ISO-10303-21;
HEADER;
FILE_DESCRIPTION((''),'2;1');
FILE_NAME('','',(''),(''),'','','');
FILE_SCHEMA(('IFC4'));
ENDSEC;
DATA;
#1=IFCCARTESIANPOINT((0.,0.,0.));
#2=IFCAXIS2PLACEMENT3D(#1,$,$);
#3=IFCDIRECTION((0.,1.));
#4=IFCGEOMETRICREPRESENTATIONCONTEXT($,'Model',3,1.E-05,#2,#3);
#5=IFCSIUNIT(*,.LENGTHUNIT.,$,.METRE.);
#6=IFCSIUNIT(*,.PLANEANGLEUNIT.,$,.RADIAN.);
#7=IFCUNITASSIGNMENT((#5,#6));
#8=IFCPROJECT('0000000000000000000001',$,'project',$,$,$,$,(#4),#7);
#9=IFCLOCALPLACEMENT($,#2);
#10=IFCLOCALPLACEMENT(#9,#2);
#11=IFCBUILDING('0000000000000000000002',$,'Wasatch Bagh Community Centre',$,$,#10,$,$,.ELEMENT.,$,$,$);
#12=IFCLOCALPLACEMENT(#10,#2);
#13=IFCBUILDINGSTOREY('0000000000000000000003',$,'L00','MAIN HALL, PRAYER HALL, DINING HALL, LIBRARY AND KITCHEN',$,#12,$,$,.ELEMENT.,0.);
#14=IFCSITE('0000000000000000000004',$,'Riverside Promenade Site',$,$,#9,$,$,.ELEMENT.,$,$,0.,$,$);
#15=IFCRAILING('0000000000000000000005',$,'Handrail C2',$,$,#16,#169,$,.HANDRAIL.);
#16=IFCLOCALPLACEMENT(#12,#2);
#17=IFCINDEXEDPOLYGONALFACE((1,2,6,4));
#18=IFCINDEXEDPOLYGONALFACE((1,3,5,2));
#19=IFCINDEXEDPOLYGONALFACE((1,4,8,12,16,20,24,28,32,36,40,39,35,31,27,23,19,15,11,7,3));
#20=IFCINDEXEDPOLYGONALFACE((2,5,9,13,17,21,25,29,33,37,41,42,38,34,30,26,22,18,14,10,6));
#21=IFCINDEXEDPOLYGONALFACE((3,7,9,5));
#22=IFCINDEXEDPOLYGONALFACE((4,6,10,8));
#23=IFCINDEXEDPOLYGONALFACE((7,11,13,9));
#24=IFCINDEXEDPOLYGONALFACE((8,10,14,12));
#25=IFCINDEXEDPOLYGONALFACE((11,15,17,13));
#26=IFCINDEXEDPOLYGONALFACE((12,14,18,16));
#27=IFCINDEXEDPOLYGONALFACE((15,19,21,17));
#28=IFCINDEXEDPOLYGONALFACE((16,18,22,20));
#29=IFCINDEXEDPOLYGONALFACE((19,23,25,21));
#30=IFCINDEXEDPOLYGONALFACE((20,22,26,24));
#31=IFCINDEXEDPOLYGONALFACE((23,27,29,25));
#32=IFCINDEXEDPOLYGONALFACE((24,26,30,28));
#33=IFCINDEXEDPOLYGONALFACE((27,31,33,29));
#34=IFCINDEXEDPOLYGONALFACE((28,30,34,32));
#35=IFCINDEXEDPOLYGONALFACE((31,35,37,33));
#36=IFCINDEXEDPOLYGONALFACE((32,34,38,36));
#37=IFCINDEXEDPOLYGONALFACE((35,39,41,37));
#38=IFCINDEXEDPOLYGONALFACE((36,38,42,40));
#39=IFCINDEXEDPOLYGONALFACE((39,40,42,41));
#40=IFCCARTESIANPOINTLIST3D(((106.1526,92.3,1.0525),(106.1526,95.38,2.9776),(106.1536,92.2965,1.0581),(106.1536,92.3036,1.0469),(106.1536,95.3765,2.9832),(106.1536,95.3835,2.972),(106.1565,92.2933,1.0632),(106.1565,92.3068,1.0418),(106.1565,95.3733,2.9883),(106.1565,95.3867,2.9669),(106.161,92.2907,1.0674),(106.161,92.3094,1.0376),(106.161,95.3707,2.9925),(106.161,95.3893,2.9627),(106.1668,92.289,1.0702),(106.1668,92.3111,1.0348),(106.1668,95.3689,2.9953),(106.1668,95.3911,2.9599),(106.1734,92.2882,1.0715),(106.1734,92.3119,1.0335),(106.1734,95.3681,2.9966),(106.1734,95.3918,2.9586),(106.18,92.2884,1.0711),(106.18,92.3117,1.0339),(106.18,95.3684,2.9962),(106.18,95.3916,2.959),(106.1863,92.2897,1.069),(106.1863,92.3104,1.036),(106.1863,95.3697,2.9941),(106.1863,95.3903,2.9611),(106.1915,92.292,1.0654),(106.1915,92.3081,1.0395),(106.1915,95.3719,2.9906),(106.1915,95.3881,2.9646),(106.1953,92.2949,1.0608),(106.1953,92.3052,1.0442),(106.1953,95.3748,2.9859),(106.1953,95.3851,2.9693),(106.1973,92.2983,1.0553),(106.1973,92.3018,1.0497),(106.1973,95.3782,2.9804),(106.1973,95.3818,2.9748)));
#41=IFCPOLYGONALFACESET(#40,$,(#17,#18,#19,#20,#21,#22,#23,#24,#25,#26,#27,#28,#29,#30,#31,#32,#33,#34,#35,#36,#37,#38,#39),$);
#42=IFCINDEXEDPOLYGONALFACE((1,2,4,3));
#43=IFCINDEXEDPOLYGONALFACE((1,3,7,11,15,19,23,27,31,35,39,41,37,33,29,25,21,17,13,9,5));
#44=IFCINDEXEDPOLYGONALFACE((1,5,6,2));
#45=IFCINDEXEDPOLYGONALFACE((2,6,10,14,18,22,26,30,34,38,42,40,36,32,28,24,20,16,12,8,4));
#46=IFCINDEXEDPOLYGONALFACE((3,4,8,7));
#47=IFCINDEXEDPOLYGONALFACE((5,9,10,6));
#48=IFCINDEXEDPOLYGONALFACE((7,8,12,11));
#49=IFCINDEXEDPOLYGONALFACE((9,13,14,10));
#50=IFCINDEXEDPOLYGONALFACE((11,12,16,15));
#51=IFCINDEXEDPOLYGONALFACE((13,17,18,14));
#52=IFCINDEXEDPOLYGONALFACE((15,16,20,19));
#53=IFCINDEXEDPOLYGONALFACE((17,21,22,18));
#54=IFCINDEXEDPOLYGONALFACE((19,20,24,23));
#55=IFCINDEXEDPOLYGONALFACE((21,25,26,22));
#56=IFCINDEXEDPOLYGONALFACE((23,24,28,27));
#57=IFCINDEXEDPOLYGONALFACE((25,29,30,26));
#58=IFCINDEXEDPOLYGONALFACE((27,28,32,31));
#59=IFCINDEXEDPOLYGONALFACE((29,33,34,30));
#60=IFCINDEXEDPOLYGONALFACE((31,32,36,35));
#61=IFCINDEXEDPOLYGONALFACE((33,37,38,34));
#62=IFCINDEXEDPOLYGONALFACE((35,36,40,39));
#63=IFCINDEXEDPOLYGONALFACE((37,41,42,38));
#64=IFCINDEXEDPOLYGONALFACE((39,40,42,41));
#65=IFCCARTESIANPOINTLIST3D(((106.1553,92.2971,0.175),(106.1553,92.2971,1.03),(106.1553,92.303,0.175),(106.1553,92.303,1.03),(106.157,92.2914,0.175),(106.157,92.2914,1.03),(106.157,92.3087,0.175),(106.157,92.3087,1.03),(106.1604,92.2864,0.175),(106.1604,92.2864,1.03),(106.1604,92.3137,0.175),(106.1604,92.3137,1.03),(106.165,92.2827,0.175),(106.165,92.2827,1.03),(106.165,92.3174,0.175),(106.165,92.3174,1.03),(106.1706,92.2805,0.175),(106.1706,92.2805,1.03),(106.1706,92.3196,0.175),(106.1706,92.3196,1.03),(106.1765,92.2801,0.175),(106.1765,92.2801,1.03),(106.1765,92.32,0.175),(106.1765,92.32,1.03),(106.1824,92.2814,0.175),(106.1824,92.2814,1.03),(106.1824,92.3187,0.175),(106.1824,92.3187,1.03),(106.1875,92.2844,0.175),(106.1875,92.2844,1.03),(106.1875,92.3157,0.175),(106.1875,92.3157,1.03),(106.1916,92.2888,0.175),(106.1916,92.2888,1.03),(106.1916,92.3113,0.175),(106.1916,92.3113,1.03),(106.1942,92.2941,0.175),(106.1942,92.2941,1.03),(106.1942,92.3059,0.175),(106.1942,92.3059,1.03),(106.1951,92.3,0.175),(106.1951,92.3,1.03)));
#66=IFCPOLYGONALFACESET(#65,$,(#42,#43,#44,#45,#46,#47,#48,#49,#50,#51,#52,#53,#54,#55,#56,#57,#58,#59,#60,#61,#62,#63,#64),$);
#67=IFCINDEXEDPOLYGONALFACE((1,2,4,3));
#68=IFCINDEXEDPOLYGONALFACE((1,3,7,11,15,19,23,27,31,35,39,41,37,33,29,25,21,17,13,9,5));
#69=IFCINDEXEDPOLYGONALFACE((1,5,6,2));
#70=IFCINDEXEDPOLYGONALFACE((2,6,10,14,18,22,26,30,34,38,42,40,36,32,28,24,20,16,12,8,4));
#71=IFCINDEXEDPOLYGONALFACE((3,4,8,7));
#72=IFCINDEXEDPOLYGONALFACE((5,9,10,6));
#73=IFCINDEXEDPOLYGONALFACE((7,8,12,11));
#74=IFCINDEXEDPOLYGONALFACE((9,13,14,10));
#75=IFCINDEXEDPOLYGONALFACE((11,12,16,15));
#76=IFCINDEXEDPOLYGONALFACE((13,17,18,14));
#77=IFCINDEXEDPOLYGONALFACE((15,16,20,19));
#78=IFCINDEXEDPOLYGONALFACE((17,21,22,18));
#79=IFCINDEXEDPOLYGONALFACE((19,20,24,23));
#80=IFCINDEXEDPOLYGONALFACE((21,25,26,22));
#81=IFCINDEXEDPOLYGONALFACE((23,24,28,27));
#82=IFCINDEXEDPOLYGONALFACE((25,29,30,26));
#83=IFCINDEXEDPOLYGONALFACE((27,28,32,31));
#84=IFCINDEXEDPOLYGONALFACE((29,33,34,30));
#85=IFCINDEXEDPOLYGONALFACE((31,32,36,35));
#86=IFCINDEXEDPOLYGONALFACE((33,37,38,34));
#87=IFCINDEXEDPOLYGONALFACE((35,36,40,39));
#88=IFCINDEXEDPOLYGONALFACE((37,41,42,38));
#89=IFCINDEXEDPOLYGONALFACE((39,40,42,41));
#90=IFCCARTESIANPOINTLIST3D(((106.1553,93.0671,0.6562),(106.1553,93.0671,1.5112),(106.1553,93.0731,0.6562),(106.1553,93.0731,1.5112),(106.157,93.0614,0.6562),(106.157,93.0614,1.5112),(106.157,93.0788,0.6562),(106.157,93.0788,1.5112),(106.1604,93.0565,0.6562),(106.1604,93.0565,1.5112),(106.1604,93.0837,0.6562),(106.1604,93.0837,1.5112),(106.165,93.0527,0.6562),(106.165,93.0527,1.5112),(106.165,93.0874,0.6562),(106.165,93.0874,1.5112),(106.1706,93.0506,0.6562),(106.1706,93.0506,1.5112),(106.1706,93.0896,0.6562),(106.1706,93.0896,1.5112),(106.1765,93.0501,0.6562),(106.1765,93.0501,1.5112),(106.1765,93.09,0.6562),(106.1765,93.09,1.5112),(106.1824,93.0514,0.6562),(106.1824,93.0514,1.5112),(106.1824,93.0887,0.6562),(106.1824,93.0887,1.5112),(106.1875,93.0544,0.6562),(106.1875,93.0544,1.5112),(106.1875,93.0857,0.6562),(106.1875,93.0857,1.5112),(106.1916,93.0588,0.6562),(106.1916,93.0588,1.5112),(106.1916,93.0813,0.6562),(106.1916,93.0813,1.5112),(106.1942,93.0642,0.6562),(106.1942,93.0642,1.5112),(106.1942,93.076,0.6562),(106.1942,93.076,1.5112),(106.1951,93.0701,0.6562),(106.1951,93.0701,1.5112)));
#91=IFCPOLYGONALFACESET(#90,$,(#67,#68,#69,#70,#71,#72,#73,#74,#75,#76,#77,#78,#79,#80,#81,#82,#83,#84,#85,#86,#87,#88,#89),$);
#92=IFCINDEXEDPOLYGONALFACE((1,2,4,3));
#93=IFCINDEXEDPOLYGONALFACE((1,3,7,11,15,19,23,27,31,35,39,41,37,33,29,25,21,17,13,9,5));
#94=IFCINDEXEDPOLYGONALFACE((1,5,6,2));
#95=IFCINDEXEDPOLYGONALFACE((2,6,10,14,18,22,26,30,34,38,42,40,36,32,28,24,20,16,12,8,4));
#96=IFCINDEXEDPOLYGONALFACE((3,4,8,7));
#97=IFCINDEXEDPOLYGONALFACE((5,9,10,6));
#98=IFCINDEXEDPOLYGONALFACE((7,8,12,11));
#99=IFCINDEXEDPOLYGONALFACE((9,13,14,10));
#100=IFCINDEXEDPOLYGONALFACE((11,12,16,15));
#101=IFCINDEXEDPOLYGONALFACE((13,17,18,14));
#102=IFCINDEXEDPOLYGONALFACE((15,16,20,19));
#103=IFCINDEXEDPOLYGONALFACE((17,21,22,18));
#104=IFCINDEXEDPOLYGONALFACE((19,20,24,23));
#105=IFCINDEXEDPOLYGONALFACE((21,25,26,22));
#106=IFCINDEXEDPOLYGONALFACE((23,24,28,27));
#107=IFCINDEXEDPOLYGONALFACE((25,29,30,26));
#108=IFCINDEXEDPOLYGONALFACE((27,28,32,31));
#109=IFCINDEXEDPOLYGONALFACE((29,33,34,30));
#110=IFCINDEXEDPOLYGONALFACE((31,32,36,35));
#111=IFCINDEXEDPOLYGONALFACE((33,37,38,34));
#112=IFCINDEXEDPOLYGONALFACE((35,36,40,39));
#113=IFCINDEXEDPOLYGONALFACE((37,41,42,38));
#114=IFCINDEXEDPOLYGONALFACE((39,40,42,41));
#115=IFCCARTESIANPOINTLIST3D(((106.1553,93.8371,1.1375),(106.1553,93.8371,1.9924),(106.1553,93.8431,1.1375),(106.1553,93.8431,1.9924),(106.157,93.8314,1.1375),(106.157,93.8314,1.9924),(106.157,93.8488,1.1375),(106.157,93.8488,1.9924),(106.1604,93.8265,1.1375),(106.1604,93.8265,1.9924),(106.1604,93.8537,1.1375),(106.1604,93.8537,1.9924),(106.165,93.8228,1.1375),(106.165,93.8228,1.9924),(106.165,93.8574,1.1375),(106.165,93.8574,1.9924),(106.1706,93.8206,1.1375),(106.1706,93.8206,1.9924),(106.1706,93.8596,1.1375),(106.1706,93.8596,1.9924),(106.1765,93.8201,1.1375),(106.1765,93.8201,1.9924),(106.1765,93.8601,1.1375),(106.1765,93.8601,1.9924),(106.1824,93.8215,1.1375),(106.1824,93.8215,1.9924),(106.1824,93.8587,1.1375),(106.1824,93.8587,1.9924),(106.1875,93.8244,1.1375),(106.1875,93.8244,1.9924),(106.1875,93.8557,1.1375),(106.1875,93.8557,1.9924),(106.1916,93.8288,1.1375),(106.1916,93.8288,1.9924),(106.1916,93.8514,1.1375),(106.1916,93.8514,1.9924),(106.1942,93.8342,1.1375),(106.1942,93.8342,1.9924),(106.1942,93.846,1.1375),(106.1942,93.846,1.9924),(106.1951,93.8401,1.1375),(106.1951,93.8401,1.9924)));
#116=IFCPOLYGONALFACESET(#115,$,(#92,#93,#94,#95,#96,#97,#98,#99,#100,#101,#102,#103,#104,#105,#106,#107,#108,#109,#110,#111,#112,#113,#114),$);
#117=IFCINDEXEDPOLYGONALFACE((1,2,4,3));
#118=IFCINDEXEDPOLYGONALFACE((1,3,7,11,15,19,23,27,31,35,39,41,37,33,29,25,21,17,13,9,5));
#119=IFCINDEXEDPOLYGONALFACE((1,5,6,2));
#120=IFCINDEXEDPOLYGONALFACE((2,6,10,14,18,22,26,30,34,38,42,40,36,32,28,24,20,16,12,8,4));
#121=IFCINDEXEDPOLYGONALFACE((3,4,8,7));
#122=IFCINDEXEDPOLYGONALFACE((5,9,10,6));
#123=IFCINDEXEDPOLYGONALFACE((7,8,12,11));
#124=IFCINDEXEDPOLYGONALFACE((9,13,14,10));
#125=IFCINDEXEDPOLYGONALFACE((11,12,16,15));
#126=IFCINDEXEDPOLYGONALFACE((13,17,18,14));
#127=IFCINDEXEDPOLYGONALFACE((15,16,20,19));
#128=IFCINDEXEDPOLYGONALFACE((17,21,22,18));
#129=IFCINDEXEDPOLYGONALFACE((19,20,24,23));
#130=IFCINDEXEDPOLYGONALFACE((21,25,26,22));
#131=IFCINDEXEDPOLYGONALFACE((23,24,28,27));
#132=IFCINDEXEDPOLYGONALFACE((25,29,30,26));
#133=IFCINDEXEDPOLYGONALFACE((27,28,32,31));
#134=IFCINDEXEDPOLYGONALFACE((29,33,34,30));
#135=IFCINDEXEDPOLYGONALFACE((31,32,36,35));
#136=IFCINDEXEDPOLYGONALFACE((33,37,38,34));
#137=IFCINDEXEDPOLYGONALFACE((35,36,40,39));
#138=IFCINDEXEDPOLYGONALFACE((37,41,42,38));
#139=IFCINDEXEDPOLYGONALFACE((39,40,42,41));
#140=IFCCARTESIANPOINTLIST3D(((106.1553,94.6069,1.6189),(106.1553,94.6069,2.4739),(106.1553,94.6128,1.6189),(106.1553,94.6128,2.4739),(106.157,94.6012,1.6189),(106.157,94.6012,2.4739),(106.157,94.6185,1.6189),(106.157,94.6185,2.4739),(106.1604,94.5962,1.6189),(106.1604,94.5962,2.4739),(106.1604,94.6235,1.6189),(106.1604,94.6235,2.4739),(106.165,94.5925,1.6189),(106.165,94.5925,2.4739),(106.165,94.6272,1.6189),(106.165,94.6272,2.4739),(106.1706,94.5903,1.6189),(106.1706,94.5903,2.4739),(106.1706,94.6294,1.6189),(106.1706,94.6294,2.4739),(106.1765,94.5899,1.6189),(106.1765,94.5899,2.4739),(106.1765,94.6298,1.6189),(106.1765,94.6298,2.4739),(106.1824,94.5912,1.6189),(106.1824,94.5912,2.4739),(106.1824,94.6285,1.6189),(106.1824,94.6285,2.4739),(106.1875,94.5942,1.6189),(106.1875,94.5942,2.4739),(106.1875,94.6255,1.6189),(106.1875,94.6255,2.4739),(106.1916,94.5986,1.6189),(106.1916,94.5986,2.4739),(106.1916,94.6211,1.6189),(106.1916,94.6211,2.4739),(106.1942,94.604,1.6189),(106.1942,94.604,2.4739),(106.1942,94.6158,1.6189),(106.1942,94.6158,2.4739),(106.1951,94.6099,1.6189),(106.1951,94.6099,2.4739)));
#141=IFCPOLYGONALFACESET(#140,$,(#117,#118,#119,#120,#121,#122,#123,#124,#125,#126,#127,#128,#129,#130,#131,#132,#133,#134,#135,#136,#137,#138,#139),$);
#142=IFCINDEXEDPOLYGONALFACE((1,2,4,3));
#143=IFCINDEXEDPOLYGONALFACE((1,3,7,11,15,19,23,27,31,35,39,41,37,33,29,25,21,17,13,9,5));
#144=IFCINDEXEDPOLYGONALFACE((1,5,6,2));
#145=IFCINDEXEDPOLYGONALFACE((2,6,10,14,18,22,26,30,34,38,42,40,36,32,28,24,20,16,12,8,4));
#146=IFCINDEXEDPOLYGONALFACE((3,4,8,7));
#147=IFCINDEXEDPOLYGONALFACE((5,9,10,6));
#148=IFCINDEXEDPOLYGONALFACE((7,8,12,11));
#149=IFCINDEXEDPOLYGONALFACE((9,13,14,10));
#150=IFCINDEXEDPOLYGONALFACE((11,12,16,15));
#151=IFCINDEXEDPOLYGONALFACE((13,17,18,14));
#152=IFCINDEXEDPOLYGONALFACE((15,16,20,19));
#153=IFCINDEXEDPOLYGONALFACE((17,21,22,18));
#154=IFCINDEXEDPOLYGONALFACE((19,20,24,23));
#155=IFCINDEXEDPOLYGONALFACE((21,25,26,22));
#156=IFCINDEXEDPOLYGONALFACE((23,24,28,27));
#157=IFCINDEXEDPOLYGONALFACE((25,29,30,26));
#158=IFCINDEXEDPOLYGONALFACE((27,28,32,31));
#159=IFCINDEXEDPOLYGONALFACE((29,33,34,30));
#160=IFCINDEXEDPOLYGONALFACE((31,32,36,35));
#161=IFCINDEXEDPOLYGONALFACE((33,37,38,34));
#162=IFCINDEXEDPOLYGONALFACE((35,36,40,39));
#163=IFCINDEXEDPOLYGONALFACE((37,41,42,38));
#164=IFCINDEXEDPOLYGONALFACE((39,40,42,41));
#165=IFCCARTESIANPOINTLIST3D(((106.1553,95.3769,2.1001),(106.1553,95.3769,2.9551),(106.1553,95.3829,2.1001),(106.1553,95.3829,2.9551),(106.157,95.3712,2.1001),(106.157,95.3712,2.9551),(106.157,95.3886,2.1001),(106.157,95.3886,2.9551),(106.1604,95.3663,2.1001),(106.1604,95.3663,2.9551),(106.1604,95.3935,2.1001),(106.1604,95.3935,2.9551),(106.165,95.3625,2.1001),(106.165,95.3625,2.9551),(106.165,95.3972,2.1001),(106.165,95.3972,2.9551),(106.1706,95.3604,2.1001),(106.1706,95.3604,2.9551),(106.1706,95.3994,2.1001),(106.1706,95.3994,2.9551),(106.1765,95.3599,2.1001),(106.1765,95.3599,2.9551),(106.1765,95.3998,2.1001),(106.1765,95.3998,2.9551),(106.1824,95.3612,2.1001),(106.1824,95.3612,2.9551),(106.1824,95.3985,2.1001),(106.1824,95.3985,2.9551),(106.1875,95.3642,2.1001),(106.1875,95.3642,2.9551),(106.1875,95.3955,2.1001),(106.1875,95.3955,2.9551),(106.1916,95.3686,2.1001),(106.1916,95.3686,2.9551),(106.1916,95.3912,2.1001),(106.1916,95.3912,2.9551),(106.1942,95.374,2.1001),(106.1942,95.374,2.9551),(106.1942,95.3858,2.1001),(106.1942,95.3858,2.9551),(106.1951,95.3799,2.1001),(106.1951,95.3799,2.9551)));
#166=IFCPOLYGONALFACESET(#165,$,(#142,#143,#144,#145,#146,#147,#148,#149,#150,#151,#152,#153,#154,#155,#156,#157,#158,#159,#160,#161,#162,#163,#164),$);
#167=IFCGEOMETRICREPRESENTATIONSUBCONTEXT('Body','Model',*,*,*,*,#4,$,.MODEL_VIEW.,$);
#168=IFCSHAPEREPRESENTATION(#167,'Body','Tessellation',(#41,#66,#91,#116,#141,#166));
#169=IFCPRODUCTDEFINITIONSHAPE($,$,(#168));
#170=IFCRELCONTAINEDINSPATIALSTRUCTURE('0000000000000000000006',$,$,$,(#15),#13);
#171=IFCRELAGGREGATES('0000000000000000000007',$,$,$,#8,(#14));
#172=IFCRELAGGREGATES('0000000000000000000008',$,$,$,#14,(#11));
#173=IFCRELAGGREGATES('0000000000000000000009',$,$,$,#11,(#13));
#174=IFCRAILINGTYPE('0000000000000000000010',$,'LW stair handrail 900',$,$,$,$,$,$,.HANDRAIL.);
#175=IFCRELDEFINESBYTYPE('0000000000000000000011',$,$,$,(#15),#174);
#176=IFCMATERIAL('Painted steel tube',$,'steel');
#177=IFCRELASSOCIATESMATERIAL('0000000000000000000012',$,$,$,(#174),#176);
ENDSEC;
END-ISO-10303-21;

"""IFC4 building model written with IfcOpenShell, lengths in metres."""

from ifc_helpers import new_model, si_unit, direction, frame, origin, origin_2d, place, context, subcontext, project, spatial, circle, extrude, material, type_object, element, save


model = new_model("IFC4")

# Units and contexts
model_context = context("Model", 3, precision=1e-05, world=origin(), true_north=direction((0.0, 1.0)))
body_context = subcontext(model_context, "Body", "Model", "MODEL_VIEW")
ifc_project = project(units=[si_unit("LENGTHUNIT", "METRE"), si_unit("PLANEANGLEUNIT", "RADIAN")], contexts=[model_context])

# Site, building, storey
site_placement = place(None, origin())
site = spatial("IfcSite", under=ifc_project, at=site_placement, Name="Riverside Promenade Site", CompositionType="ELEMENT", RefElevation=0.0)
building_placement = place(site_placement, origin())
building = spatial("IfcBuilding", under=site, at=building_placement, Name="Wasatch Bagh Community Centre", CompositionType="ELEMENT")
storey_placement = place(building_placement, origin())
storey = spatial("IfcBuildingStorey", under=building, at=storey_placement, Name="L00", Description="MAIN HALL, PRAYER HALL, DINING HALL, LIBRARY AND KITCHEN", CompositionType="ELEMENT", Elevation=0.0)

# Railing
ifc_material_1 = material(Name="Painted steel tube", Category="steel")
railing_type_1 = type_object("IfcRailingType", Name="LW stair handrail 900", PredefinedType="HANDRAIL", material=ifc_material_1)
for number, where, name in (
    (1, (106.175, 92.3, 0.175), "Handrail C2"),
):
    element("IfcRailing", number, at=place(storey_placement, frame(where)), inside=storey, type_object=railing_type_1, Name=name, PredefinedType="HANDRAIL", context=body_context, shape_type="SweptSolid", body=[
        extrude(circle(Radius=0.0225, at=origin_2d()), frame((0.0, 0.0, 0.8774), z_axis=(0.0, 0.847979, 0.530029), x_axis=(-1.0, 0.0, 0.0)), (0.0, 0.0, 1.0), 3.6321),
        extrude(circle(Radius=0.02, at=origin_2d()), origin(), (0.0, 0.0, 1.0), 0.855),
        extrude(circle(Radius=0.02, at=origin_2d()), frame((0.0, 0.77, 0.4812)), (0.0, 0.0, 1.0), 0.855),
        extrude(circle(Radius=0.02, at=origin_2d()), frame((0.0, 1.54, 0.9624)), (0.0, 0.0, 1.0), 0.855),
        extrude(circle(Radius=0.02, at=origin_2d()), frame((0.0, 2.3098, 1.4438)), (0.0, 0.0, 1.0), 0.855),
        extrude(circle(Radius=0.02, at=origin_2d()), frame((0.0, 3.0798, 1.925)), (0.0, 0.0, 1.0), 0.855),
    ])

save(model, "model.ifc")
